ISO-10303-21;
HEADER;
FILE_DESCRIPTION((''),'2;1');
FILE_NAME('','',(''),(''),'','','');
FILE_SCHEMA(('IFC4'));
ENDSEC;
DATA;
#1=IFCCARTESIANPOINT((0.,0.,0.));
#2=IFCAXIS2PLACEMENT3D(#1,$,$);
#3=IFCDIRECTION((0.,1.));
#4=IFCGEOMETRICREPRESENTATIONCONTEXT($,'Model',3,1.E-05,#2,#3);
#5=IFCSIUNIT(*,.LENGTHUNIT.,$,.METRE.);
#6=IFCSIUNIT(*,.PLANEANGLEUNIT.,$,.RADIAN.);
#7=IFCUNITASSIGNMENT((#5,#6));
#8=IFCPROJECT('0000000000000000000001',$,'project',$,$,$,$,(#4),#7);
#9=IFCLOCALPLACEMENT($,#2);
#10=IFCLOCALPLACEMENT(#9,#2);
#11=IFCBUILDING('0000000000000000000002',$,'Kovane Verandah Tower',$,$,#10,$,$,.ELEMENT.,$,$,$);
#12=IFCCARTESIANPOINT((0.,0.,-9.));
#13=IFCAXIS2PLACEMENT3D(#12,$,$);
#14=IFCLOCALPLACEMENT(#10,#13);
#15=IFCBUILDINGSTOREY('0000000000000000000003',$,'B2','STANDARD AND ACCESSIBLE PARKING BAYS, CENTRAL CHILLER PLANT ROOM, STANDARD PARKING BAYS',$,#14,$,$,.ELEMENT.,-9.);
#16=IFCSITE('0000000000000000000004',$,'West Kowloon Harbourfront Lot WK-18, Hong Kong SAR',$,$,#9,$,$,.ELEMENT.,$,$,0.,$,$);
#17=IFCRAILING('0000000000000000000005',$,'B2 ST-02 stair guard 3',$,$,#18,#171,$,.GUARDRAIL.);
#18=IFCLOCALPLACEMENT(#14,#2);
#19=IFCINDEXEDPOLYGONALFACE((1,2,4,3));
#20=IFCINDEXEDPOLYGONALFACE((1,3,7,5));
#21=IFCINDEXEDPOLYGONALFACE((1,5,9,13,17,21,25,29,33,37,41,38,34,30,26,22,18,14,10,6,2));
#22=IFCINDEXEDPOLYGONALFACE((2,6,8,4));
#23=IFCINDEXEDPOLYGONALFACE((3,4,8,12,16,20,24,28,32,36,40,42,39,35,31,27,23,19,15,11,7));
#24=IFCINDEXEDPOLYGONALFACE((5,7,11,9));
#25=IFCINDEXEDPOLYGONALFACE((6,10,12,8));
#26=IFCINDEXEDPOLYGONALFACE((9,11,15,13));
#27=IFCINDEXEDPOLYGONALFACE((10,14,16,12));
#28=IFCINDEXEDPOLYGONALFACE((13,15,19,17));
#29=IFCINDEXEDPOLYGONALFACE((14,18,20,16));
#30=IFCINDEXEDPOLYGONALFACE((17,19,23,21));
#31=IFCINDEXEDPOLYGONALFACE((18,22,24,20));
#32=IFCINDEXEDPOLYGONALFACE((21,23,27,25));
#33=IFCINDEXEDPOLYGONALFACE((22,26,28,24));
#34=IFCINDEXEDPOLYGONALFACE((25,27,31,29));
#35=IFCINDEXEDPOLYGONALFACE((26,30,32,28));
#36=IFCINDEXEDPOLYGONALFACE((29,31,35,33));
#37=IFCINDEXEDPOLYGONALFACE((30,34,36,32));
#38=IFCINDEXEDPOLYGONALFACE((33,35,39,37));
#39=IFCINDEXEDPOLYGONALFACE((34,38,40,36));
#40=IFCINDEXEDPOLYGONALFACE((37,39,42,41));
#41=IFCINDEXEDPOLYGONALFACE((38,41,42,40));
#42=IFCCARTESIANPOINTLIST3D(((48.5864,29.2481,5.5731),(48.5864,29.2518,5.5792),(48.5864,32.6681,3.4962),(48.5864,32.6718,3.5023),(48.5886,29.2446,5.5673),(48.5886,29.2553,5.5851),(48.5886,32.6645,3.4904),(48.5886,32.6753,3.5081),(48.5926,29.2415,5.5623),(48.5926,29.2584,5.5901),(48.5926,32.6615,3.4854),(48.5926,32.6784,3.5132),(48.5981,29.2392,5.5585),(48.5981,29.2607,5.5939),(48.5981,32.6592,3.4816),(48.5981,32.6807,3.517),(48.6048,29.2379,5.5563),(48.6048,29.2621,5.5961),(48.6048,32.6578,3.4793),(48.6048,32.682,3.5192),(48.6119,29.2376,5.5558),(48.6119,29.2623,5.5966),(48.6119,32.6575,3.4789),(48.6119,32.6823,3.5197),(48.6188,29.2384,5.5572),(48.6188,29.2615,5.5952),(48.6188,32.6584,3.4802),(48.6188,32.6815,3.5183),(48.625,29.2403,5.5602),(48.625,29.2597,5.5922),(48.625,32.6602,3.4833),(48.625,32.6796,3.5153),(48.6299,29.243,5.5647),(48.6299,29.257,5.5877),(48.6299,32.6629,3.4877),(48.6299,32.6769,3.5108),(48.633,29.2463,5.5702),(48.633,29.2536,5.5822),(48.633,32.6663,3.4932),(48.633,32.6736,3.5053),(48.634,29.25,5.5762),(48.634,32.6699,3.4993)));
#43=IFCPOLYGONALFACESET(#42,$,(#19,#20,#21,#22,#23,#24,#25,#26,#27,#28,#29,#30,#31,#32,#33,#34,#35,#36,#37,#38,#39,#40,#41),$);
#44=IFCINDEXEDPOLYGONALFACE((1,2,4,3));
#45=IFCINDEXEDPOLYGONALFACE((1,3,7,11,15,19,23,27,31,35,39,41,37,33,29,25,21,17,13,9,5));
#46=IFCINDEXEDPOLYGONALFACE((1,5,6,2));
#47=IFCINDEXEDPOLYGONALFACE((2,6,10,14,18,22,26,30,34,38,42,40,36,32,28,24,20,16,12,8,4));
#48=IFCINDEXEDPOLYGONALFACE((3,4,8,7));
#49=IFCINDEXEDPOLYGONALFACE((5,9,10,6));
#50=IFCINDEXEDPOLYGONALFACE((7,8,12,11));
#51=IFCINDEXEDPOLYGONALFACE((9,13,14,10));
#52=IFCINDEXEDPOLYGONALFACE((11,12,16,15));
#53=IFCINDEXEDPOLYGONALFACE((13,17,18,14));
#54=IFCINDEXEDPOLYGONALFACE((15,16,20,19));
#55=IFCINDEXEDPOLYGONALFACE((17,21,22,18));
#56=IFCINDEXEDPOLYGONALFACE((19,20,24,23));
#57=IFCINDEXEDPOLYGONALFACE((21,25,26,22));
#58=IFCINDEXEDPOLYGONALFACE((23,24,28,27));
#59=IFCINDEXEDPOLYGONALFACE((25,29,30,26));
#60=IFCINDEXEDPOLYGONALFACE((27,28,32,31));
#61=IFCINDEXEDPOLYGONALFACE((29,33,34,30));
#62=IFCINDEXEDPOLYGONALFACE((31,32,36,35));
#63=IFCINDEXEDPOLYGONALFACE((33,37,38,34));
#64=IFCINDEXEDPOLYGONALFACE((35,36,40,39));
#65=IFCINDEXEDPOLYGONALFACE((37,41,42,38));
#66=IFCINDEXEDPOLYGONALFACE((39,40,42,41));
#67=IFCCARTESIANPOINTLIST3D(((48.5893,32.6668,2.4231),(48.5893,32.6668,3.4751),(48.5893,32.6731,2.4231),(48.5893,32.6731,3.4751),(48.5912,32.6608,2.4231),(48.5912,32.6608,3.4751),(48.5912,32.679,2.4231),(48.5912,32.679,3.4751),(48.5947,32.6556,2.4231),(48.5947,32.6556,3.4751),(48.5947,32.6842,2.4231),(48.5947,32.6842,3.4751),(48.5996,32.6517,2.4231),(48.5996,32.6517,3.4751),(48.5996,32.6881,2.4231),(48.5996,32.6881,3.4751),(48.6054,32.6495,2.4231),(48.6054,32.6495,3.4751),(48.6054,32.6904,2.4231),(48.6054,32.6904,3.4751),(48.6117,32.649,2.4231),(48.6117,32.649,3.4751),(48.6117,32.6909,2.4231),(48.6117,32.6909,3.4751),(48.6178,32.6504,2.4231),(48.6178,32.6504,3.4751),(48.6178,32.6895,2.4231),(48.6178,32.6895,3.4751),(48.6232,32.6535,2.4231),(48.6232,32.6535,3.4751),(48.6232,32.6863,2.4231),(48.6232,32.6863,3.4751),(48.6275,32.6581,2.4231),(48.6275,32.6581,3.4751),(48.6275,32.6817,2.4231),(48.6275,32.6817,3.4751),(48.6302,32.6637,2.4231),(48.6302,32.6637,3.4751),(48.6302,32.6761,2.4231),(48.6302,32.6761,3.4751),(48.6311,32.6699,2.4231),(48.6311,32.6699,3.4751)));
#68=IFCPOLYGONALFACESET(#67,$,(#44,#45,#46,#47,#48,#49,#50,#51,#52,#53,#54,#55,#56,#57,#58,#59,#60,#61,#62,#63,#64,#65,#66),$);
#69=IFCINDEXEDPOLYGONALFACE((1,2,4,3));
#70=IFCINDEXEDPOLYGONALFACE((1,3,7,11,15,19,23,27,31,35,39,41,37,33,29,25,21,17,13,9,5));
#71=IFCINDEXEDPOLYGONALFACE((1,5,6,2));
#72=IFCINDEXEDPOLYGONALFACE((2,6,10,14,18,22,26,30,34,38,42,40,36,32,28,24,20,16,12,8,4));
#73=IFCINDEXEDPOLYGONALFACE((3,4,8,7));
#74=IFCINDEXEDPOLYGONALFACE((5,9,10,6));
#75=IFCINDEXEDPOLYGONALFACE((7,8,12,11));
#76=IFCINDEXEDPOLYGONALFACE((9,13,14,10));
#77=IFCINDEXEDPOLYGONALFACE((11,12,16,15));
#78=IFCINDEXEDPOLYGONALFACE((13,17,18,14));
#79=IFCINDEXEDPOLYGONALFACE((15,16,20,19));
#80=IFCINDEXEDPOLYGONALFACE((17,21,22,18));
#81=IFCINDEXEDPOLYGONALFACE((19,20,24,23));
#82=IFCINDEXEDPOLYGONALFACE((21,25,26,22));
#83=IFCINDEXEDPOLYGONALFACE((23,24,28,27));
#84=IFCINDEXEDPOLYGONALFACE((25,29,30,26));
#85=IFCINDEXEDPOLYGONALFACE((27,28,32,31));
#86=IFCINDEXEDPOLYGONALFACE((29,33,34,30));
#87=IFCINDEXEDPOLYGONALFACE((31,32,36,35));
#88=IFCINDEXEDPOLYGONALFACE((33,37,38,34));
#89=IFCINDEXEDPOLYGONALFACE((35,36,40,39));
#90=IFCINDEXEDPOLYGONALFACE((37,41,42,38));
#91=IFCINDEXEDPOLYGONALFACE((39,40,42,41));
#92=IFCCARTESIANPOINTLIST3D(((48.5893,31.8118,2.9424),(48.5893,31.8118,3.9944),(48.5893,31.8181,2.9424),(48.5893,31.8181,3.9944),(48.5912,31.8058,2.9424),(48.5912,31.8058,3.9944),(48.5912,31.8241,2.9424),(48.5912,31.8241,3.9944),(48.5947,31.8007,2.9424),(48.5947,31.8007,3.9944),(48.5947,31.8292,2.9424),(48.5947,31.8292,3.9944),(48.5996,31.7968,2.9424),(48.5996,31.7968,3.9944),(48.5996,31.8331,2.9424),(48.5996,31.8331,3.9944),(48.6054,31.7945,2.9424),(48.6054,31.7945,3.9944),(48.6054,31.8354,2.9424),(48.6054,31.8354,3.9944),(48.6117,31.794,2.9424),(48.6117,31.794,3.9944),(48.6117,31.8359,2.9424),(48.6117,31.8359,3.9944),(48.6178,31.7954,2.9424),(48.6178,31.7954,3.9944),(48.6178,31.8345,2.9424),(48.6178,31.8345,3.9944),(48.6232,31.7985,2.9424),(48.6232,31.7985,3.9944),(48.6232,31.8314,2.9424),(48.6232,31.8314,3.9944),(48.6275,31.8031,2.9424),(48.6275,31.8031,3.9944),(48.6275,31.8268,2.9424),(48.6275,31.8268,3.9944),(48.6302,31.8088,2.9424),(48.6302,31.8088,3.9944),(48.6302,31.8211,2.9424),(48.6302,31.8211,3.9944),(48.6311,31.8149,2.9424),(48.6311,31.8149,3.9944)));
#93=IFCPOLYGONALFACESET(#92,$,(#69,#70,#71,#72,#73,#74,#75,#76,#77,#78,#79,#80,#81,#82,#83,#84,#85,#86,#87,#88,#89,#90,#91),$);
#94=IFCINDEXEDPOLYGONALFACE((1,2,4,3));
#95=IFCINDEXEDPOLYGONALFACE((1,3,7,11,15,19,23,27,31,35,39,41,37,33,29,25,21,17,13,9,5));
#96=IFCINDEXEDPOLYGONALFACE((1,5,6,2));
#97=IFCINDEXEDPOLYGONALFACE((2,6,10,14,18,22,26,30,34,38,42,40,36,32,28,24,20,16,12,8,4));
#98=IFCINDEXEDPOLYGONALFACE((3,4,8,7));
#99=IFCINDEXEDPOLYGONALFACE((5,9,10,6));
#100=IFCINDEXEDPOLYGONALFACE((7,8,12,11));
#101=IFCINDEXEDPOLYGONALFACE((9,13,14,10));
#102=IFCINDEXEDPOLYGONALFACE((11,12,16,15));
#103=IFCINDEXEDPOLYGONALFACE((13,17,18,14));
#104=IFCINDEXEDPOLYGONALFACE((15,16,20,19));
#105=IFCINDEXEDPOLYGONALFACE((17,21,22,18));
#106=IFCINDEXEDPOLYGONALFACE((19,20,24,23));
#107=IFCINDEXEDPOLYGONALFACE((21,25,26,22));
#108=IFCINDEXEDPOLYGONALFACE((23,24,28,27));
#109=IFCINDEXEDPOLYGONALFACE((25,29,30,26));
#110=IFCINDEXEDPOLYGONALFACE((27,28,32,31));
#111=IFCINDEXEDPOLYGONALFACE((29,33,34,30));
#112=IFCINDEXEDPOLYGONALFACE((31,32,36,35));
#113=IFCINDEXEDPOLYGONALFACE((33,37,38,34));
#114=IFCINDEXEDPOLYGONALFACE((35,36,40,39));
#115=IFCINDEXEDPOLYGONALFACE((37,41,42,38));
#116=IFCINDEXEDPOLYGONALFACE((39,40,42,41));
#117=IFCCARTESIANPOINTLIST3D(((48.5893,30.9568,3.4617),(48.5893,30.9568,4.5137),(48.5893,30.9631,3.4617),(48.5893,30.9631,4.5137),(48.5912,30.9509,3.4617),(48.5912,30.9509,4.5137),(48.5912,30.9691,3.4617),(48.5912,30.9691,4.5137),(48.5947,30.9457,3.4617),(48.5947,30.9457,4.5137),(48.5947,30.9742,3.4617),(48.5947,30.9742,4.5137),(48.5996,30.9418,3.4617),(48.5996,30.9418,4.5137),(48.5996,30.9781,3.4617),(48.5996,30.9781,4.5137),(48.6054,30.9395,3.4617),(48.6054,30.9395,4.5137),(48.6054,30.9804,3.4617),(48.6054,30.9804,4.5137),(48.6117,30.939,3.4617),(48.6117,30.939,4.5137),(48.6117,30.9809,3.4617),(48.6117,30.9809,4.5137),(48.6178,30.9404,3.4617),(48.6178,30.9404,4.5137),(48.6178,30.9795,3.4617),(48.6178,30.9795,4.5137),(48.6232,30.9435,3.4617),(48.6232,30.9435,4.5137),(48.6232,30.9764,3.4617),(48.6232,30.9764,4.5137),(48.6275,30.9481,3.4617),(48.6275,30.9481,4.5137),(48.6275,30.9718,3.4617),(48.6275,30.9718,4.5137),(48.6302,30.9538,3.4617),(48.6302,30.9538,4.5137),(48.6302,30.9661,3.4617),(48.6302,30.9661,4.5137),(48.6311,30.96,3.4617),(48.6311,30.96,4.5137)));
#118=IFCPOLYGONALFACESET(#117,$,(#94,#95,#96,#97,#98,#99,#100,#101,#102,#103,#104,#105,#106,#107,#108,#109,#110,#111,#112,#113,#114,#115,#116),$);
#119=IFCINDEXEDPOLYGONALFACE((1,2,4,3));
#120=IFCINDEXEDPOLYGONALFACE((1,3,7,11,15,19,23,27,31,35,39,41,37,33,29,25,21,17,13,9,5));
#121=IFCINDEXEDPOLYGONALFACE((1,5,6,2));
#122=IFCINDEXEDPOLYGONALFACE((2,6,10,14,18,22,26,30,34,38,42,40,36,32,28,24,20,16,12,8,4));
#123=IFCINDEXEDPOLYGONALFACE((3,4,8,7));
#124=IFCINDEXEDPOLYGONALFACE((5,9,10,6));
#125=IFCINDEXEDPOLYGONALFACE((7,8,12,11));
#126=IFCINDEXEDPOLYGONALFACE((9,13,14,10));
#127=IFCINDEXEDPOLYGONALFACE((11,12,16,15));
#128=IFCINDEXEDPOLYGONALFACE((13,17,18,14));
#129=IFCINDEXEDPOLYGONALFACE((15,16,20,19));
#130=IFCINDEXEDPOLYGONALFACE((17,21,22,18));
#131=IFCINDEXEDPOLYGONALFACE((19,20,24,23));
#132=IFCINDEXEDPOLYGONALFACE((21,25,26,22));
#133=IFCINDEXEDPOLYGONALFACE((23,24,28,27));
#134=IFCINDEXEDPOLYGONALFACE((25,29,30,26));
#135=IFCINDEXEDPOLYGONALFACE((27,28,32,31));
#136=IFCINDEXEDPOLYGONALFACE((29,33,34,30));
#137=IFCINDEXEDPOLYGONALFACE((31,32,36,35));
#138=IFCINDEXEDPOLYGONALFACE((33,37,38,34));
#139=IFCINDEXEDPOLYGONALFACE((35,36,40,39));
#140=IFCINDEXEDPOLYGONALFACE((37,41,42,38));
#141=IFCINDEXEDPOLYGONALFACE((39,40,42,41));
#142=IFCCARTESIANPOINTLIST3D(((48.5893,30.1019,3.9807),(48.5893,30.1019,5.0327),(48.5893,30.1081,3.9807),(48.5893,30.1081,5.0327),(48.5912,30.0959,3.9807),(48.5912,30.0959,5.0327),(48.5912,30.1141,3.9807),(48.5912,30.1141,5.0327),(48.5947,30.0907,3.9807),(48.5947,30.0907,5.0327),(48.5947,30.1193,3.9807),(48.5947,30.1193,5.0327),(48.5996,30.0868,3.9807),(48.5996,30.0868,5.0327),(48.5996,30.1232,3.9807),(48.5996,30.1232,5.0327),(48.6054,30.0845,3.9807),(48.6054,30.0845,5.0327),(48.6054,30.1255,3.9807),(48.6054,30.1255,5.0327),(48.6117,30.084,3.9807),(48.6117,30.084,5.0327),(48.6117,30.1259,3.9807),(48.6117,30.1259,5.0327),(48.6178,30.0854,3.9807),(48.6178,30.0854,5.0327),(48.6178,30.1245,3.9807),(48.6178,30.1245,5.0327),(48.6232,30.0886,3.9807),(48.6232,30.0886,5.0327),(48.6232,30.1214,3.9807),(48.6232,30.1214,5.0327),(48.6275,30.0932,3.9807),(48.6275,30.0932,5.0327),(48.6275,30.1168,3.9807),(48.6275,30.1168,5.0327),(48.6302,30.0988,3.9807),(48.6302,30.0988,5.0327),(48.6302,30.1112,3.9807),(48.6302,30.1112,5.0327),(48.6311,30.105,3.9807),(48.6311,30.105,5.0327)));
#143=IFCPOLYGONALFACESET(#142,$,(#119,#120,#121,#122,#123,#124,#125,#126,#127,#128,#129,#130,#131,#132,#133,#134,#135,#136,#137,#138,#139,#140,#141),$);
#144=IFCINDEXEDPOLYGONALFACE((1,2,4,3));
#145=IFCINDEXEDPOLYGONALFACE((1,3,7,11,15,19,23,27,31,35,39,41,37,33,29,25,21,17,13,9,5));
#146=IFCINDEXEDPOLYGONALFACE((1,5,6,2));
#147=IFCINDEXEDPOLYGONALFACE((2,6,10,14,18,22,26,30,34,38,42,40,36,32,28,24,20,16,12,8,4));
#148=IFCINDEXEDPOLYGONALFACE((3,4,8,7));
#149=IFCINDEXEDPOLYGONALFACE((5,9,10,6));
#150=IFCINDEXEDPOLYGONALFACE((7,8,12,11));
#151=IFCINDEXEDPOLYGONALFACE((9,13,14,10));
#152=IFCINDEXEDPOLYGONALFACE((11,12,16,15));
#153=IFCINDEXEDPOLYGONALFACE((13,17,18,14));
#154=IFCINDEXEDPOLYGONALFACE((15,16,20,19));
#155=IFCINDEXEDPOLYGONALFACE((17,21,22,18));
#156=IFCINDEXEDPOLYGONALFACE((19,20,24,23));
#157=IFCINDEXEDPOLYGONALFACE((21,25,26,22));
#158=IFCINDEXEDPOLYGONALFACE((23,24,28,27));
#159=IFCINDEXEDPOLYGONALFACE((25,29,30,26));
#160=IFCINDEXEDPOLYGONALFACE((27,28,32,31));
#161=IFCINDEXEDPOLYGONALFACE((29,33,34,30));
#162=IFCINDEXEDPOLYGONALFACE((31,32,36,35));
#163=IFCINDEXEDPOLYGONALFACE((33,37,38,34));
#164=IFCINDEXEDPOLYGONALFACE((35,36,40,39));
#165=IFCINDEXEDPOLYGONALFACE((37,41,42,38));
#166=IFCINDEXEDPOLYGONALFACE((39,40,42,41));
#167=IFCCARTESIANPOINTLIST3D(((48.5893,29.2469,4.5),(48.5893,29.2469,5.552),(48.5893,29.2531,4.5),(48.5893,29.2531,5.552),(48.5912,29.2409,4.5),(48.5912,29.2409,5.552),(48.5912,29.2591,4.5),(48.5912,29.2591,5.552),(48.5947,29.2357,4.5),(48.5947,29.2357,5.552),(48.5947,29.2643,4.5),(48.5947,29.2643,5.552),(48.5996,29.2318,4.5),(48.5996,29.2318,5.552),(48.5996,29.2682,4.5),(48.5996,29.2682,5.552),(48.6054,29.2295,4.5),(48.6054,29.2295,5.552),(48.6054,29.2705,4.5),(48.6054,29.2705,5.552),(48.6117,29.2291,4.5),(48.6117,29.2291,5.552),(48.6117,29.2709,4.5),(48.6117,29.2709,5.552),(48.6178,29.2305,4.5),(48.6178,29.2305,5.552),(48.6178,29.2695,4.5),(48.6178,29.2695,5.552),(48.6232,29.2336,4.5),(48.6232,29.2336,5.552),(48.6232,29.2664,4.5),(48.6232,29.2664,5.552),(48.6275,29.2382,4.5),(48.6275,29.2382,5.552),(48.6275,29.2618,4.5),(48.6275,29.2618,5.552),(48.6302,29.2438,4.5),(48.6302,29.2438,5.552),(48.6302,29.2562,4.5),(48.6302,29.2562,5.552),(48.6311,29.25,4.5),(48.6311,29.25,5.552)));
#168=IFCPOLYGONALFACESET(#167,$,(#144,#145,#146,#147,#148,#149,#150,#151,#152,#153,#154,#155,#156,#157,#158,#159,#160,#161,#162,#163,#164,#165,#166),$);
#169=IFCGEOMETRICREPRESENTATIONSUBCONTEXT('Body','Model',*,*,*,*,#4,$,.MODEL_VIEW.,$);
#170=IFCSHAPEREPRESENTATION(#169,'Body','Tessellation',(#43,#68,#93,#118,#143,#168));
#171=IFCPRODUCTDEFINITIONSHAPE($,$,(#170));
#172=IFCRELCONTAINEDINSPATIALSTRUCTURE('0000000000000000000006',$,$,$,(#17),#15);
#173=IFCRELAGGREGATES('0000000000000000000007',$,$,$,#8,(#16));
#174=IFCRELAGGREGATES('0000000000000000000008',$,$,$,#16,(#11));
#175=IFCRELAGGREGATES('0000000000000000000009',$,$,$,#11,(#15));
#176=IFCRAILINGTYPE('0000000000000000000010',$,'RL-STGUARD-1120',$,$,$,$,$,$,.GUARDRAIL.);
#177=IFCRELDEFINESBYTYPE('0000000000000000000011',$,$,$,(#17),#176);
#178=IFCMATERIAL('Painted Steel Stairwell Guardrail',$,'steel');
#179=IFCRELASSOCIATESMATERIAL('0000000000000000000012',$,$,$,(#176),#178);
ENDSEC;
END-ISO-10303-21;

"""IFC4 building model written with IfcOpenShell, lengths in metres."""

from ifc_helpers import new_model, si_unit, direction, frame, origin, origin_2d, place, context, subcontext, project, spatial, circle, extrude, material, type_object, element, save


model = new_model("IFC4")

# Units and contexts
model_context = context("Model", 3, precision=1e-05, world=origin(), true_north=direction((0.0, 1.0)))
body_context = subcontext(model_context, "Body", "Model", "MODEL_VIEW")
ifc_project = project(units=[si_unit("LENGTHUNIT", "METRE"), si_unit("PLANEANGLEUNIT", "RADIAN")], contexts=[model_context])

# Site, building, storey
site_placement = place(None, origin())
site = spatial("IfcSite", under=ifc_project, at=site_placement, Name="West Kowloon Harbourfront Lot WK-18, Hong Kong SAR", CompositionType="ELEMENT", RefElevation=0.0)
building_placement = place(site_placement, origin())
building = spatial("IfcBuilding", under=site, at=building_placement, Name="Kovane Verandah Tower", CompositionType="ELEMENT")
storey_placement = place(building_placement, frame((0.0, 0.0, -9.0)))
storey = spatial("IfcBuildingStorey", under=building, at=storey_placement, Name="B2", Description="STANDARD AND ACCESSIBLE PARKING BAYS, CENTRAL CHILLER PLANT ROOM, STANDARD PARKING BAYS", CompositionType="ELEMENT", Elevation=-9.0)

# Railing
ifc_material_1 = material(Name="Painted Steel Stairwell Guardrail", Category="steel")
railing_type_1 = type_object("IfcRailingType", Name="RL-STGUARD-1120", PredefinedType="GUARDRAIL", material=ifc_material_1)
railing_1_placement = place(storey_placement, frame((48.6101, 32.6699, 2.4231)))
element("IfcRailing", 1, at=railing_1_placement, inside=storey, type_object=railing_type_1, Name="B2 ST-02 stair guard 3", PredefinedType="GUARDRAIL", context=body_context, shape_type="SweptSolid", body=[
    extrude(circle(Radius=0.0239, at=origin_2d()), frame((0.0, 0.0, 1.0762), z_axis=(0.0, -0.85473, 0.519074), x_axis=(1.0, 0.0, 0.0)), (0.0, 0.0, 1.0), 4.0012),
    extrude(circle(Radius=0.021, at=origin_2d()), origin(), (0.0, 0.0, 1.0), 1.052),
    extrude(circle(Radius=0.021, at=origin_2d()), frame((0.0, -0.855, 0.5193)), (0.0, 0.0, 1.0), 1.052),
    extrude(circle(Radius=0.021, at=origin_2d()), frame((0.0, -1.71, 1.0386)), (0.0, 0.0, 1.0), 1.052),
    extrude(circle(Radius=0.021, at=origin_2d()), frame((0.0, -2.5649, 1.5576)), (0.0, 0.0, 1.0), 1.052),
    extrude(circle(Radius=0.021, at=origin_2d()), frame((0.0, -3.4199, 2.0769)), (0.0, 0.0, 1.0), 1.052),
])

save(model, "model.ifc")
